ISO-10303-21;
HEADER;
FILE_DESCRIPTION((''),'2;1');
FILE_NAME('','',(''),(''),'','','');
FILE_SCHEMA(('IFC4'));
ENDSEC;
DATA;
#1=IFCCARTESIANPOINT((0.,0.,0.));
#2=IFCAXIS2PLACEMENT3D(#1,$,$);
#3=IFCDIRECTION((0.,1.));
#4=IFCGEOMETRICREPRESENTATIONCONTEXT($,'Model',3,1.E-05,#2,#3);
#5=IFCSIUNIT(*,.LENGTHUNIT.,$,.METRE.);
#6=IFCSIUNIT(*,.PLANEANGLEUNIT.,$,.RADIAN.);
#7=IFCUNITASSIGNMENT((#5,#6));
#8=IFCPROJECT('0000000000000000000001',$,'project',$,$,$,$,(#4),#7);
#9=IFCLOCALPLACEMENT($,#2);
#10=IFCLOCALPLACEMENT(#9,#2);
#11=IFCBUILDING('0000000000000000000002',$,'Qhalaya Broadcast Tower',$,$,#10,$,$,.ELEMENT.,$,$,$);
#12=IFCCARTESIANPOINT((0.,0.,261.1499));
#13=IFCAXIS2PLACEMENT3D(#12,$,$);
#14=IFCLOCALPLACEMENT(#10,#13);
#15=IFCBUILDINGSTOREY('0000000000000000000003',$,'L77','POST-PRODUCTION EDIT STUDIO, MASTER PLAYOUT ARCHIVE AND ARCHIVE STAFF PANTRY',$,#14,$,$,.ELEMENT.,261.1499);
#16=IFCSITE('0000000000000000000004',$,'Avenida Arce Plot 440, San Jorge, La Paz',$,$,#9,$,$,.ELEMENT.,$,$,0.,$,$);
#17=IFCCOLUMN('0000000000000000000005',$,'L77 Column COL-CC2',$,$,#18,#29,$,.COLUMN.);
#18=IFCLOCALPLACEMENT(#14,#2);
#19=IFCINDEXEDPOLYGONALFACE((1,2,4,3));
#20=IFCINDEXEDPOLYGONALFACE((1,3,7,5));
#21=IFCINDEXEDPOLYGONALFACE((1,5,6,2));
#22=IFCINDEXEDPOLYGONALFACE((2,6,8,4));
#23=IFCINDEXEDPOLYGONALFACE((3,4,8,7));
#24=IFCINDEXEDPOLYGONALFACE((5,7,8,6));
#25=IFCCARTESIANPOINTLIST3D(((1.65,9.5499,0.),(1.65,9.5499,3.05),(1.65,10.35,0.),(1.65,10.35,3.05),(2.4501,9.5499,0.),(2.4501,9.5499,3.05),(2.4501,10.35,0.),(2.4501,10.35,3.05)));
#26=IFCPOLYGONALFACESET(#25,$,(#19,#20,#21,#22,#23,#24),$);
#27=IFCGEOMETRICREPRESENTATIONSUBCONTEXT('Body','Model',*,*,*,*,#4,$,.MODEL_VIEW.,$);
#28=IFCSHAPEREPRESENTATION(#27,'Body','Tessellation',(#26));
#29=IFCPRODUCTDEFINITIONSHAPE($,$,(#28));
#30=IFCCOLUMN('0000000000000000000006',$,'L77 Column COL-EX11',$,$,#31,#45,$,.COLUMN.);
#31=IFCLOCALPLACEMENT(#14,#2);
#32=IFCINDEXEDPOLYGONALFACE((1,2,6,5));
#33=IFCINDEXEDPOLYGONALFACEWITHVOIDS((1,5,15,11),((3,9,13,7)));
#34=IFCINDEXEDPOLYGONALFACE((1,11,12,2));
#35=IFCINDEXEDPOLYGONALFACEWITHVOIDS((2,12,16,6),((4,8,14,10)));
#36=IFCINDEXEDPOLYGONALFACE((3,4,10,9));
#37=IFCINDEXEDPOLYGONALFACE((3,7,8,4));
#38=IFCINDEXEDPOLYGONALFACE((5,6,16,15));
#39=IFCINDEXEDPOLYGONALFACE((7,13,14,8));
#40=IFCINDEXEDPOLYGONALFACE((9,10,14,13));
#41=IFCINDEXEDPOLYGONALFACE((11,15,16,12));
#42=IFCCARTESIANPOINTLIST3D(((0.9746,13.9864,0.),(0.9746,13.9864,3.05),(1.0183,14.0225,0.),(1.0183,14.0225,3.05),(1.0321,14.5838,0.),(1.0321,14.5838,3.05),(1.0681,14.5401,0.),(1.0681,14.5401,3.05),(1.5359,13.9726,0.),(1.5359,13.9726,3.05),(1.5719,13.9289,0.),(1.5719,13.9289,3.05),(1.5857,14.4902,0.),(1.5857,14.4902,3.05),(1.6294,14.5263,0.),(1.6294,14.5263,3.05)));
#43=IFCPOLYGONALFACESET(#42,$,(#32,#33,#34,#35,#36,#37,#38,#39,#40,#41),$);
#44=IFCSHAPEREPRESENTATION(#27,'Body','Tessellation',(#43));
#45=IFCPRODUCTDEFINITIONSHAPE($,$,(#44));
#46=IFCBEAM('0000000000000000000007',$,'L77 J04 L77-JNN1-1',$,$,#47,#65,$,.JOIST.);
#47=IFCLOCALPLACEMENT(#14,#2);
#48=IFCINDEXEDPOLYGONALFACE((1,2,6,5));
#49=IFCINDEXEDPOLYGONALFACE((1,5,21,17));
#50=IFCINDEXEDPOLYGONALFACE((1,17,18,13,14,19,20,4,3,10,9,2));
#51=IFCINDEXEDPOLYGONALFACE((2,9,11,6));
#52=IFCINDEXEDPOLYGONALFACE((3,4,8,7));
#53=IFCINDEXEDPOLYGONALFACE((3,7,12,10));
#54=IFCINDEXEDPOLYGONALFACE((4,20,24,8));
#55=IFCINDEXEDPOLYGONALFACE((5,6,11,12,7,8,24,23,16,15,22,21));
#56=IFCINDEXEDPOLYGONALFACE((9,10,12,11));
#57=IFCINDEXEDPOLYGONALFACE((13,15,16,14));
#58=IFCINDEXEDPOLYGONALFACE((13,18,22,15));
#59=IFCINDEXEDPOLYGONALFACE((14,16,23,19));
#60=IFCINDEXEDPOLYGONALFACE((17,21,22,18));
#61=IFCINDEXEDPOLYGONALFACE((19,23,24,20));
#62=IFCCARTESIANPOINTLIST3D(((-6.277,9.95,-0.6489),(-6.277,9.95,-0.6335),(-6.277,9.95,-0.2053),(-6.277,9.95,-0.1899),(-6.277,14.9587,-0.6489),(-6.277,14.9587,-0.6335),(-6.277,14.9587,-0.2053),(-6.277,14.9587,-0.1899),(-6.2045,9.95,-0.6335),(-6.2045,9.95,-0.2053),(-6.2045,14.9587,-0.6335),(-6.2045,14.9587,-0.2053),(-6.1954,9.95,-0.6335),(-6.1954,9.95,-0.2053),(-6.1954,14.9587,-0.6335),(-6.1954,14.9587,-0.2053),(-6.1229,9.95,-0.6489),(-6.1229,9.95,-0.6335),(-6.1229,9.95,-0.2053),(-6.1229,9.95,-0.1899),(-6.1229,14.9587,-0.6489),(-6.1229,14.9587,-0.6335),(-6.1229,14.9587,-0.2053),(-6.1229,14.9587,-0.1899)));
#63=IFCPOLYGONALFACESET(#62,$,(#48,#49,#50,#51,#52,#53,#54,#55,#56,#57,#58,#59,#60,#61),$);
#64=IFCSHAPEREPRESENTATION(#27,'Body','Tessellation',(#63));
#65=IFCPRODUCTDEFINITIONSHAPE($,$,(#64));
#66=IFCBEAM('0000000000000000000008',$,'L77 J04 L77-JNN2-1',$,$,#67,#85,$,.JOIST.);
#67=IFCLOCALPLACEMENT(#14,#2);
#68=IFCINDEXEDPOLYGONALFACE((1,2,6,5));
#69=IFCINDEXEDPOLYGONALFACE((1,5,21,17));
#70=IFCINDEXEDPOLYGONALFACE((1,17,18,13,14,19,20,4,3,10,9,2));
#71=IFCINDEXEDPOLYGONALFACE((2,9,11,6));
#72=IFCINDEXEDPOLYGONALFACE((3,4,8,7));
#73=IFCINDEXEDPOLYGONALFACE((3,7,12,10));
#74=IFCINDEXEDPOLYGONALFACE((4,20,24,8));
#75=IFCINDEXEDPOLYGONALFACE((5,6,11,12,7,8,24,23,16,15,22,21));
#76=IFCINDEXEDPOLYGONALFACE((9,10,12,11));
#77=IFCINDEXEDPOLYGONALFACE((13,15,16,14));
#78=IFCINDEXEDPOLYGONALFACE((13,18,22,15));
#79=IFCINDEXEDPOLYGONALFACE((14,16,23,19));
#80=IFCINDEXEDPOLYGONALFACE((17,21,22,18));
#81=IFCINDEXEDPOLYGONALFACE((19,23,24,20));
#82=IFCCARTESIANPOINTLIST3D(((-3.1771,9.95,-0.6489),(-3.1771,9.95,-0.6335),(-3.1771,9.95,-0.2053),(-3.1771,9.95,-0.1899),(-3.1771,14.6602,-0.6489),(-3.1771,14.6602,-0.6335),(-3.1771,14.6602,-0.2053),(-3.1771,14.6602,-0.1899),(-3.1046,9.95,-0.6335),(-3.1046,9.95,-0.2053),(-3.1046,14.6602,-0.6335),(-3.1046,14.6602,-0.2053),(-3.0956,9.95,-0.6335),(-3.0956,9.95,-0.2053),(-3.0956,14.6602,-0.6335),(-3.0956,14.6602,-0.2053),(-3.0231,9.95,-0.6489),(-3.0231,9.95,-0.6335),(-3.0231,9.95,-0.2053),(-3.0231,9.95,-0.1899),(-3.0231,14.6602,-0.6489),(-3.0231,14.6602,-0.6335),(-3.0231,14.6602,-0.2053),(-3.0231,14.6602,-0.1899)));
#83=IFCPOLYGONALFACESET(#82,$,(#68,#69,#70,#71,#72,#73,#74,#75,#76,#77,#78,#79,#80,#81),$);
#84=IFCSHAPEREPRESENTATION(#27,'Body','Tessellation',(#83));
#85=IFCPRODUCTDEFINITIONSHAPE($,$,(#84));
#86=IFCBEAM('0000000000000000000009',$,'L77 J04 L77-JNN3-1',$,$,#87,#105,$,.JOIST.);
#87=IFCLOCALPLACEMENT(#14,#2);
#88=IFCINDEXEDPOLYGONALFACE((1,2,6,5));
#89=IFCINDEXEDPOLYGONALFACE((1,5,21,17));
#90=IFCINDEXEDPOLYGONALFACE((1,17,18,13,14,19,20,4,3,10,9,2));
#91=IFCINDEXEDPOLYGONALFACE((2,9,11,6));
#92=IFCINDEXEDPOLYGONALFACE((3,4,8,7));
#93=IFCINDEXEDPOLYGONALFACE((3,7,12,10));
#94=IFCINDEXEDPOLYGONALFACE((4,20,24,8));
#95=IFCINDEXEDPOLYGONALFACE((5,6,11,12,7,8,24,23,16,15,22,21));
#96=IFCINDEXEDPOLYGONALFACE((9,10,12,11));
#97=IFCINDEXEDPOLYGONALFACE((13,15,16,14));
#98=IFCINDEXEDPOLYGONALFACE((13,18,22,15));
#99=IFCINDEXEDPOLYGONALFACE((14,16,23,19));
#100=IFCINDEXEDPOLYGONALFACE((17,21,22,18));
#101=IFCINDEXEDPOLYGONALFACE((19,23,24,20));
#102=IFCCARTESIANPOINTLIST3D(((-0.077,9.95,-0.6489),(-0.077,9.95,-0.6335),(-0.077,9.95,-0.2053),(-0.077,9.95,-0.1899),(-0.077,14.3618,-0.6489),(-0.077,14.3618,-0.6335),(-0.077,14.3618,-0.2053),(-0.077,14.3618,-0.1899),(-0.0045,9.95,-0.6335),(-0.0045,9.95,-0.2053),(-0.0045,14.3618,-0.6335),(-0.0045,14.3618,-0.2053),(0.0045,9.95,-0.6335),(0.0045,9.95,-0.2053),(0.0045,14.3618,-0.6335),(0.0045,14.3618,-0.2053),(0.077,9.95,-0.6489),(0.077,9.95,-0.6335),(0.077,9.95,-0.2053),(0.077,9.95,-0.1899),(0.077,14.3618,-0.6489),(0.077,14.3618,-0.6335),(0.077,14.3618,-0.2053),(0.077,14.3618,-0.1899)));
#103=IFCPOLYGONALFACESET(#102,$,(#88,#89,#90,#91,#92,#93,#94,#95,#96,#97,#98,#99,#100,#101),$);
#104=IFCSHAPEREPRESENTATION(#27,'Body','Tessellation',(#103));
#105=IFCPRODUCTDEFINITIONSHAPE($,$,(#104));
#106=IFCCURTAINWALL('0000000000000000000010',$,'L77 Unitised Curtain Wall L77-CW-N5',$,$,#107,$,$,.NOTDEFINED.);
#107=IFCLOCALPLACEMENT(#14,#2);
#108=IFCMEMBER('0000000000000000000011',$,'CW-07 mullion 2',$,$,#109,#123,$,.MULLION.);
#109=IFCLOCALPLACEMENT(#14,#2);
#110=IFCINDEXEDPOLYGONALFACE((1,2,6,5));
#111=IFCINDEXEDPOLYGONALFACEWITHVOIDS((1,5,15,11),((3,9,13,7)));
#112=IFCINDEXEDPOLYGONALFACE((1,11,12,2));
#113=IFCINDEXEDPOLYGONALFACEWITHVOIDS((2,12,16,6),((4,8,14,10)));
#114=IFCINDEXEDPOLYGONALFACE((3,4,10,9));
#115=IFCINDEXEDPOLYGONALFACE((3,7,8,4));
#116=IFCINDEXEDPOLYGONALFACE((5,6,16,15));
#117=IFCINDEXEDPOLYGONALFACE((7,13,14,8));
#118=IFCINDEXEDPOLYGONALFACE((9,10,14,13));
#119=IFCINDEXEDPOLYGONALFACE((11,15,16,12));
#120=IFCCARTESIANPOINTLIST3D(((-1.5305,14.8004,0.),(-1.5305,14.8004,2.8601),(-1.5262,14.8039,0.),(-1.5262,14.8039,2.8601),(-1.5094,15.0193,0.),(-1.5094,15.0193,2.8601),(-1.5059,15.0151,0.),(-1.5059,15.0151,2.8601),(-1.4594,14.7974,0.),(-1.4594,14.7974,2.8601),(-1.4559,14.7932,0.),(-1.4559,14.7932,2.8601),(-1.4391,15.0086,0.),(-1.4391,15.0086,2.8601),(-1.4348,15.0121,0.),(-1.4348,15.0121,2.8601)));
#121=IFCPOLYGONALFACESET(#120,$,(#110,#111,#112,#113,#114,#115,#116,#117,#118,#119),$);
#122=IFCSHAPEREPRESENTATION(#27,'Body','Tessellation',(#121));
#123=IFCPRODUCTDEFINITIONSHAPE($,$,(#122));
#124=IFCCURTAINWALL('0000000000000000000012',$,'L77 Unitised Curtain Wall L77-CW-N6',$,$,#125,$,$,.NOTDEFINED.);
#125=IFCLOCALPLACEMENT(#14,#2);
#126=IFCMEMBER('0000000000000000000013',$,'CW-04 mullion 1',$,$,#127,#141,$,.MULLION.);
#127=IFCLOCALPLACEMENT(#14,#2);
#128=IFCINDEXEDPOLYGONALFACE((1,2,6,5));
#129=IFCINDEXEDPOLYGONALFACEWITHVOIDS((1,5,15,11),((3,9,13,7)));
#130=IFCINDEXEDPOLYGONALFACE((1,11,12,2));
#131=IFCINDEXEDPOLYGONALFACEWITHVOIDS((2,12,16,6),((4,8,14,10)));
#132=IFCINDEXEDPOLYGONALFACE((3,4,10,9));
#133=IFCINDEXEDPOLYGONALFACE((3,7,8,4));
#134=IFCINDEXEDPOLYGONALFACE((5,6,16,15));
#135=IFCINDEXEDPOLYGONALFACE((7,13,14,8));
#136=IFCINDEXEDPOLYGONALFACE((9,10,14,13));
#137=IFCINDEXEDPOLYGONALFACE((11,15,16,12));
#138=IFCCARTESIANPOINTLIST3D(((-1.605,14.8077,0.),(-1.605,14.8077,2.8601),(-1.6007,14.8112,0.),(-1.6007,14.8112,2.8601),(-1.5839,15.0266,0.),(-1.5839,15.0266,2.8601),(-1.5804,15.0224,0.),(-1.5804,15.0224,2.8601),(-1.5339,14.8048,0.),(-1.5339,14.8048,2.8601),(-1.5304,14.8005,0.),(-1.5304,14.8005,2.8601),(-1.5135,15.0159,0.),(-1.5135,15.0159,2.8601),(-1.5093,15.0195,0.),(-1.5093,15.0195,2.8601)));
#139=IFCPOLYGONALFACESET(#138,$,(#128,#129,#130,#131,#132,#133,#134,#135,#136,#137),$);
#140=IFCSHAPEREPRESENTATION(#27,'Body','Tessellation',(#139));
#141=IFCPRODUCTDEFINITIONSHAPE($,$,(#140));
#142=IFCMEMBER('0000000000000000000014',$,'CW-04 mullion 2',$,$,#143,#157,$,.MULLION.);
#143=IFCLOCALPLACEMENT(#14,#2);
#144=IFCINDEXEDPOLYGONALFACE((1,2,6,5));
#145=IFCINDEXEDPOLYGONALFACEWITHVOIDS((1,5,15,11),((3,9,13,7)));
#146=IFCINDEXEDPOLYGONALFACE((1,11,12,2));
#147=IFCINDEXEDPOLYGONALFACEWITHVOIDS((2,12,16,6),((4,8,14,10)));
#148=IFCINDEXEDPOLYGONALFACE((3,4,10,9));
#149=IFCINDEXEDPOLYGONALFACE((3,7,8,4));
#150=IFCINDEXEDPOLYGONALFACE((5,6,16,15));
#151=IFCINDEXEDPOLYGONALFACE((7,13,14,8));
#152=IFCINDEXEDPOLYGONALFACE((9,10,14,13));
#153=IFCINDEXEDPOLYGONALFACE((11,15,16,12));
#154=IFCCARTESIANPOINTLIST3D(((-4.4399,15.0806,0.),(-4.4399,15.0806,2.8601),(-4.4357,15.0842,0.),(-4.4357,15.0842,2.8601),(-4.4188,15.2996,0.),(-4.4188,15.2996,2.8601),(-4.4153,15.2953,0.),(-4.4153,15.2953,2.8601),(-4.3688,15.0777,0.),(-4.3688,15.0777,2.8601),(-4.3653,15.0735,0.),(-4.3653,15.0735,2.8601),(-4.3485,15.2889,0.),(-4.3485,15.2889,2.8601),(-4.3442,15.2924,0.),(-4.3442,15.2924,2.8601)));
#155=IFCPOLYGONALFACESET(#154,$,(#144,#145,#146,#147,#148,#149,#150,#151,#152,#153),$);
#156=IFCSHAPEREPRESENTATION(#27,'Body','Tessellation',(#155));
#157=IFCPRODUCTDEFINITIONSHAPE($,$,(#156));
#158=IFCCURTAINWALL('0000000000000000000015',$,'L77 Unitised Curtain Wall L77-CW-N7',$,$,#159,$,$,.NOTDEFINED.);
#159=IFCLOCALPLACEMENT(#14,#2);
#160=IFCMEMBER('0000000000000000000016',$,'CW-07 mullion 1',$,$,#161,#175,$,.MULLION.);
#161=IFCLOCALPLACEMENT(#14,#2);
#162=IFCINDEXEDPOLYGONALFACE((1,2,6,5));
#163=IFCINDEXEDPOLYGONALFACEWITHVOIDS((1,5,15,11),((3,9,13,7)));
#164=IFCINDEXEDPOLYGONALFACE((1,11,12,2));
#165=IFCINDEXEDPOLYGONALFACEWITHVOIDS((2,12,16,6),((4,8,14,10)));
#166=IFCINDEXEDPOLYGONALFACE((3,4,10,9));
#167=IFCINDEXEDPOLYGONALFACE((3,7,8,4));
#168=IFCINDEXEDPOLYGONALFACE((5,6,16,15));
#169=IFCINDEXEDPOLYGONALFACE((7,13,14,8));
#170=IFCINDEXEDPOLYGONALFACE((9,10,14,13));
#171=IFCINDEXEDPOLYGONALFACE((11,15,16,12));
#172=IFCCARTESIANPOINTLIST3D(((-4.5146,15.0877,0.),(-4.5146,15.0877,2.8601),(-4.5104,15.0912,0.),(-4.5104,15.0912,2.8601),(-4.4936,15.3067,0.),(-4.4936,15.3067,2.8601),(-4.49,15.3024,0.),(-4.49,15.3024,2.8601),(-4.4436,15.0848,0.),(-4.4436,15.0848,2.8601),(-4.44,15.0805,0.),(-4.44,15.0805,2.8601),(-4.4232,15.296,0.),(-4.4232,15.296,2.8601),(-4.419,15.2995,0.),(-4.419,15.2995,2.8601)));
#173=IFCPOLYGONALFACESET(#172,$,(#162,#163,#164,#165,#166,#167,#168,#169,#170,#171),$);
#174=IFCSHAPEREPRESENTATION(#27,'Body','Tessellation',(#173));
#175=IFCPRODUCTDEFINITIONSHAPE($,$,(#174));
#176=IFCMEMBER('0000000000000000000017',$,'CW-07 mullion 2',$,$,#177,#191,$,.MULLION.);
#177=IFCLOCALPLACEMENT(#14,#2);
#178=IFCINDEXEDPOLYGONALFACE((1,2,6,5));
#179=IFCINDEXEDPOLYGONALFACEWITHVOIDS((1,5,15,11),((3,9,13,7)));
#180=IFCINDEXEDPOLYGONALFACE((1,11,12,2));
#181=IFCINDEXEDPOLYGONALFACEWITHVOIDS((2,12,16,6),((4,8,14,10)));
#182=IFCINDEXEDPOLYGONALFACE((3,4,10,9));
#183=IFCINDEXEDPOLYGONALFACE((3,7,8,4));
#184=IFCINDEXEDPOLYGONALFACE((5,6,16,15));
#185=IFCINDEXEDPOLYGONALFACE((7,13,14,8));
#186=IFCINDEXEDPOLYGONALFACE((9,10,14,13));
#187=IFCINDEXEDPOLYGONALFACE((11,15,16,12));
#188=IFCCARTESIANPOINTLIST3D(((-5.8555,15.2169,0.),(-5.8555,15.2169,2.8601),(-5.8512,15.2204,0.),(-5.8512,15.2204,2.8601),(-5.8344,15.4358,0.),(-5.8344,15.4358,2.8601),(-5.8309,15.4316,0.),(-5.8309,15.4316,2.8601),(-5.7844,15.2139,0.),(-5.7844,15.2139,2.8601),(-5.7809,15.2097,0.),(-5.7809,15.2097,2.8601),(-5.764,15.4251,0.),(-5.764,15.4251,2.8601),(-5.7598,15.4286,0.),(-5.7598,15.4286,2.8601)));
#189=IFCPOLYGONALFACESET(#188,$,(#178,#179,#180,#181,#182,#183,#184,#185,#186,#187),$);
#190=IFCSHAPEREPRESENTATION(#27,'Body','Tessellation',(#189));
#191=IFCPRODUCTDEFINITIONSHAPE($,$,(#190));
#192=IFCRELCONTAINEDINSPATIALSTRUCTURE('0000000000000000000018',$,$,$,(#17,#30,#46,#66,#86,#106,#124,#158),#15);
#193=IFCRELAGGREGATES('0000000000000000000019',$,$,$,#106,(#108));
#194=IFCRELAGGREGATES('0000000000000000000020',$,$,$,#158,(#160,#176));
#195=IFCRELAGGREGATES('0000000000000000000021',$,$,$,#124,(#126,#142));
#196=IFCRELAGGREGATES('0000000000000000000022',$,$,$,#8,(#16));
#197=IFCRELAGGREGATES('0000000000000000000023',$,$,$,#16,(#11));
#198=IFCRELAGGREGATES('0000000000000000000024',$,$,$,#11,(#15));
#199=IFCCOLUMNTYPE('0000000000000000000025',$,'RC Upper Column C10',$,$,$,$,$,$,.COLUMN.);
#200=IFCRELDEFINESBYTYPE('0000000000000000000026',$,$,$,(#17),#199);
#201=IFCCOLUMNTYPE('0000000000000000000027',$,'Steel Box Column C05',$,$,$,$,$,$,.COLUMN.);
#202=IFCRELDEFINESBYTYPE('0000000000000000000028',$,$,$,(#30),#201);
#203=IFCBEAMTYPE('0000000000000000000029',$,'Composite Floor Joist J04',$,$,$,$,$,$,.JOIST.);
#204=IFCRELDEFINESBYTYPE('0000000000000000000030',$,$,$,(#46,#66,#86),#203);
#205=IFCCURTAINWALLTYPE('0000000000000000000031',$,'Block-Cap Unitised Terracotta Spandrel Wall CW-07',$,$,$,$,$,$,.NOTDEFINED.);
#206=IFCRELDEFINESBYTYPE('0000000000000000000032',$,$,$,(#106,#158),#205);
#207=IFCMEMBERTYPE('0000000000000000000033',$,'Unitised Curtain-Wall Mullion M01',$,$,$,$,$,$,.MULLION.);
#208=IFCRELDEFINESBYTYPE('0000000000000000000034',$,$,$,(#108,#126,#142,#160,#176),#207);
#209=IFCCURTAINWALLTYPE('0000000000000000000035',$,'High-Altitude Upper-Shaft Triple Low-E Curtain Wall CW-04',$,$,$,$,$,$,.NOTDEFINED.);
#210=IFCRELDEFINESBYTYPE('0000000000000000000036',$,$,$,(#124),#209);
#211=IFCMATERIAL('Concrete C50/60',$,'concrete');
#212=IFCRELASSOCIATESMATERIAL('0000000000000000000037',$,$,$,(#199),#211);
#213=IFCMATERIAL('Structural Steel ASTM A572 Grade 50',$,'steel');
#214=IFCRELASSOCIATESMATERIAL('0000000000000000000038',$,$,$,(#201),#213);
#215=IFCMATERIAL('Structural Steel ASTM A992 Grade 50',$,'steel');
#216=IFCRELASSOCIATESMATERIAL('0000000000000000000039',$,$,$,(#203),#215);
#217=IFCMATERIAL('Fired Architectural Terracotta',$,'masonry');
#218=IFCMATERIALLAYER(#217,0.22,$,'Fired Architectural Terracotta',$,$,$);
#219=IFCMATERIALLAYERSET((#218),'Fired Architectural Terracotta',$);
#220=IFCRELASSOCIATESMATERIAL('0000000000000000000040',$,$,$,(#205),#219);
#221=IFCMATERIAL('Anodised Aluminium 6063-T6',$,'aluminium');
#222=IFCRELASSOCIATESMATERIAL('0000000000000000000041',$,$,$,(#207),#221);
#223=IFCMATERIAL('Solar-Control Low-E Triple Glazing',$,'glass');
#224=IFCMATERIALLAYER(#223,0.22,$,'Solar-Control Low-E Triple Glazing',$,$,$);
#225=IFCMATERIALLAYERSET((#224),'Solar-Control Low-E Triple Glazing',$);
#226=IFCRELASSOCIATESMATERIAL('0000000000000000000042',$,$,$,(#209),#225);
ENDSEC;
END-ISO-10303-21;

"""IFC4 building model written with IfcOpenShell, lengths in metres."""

from ifc_helpers import new_model, si_unit, direction, frame, origin, origin_2d, place, context, subcontext, project, spatial, rectangle, hollow_rectangle, i_section, extrude, material, layer, layer_set, material_profile, profile_set, type_object, element, aggregate, save


model = new_model("IFC4")

# Units and contexts
model_context = context("Model", 3, precision=1e-05, world=origin(), true_north=direction((0.0, 1.0)))
body_context = subcontext(model_context, "Body", "Model", "MODEL_VIEW")
ifc_project = project(units=[si_unit("LENGTHUNIT", "METRE"), si_unit("PLANEANGLEUNIT", "RADIAN")], contexts=[model_context])

# Site, building, storey
site_placement = place(None, origin())
site = spatial("IfcSite", under=ifc_project, at=site_placement, Name="Avenida Arce Plot 440, San Jorge, La Paz", CompositionType="ELEMENT", RefElevation=0.0)
building_placement = place(site_placement, origin())
building = spatial("IfcBuilding", under=site, at=building_placement, Name="Qhalaya Broadcast Tower", CompositionType="ELEMENT")
storey_placement = place(building_placement, frame((0.0, 0.0, 261.1499)))
storey = spatial("IfcBuildingStorey", under=building, at=storey_placement, Name="L77", Description="POST-PRODUCTION EDIT STUDIO, MASTER PLAYOUT ARCHIVE AND ARCHIVE STAFF PANTRY", CompositionType="ELEMENT", Elevation=261.1499)

# Columns
ifc_material_1 = material(Name="Concrete C50/60", Category="concrete")
ifc_material_profile_1 = material_profile(ifc_material_1, rectangle(XDim=0.8, YDim=0.8, at=origin_2d()), Name="RC-COL 800x800")
ifc_profile_set_1 = profile_set([ifc_material_profile_1], Name="Concrete C50/60")
column_type_1 = type_object("IfcColumnType", Name="RC Upper Column C10", PredefinedType="COLUMN", material=ifc_profile_set_1)
column_1_placement = place(storey_placement, frame((2.05, 9.95, 0.0), z_axis=(0.0, 0.0, 1.0), x_axis=(1.0, 0.0, 0.0)))
element("IfcColumn", 1, at=column_1_placement, inside=storey, type_object=column_type_1, Name="L77 Column COL-CC2", PredefinedType="COLUMN", context=body_context, shape_type="SweptSolid", body=[
    extrude(rectangle(XDim=0.8, YDim=0.8, at=origin_2d()), origin(), (0.0, 0.0, 1.0), 3.05),
])
ifc_material_2 = material(Name="Structural Steel ASTM A572 Grade 50", Category="steel")
ifc_material_profile_2 = material_profile(ifc_material_2, hollow_rectangle(XDim=0.6001, YDim=0.6001, WallThickness=0.04, at=origin_2d()), Name="BOX 600x600x40")
ifc_profile_set_2 = profile_set([ifc_material_profile_2], Name="Structural Steel ASTM A572 Grade 50")
column_type_2 = type_object("IfcColumnType", Name="Steel Box Column C05", PredefinedType="COLUMN", material=ifc_profile_set_2)
column_2_placement = place(storey_placement, frame((1.302, 14.2563, 0.0), z_axis=(0.0, 0.0, 1.0), x_axis=(0.995396, -0.095846, 0.0)))
element("IfcColumn", 2, at=column_2_placement, inside=storey, type_object=column_type_2, Name="L77 Column COL-EX11", PredefinedType="COLUMN", context=body_context, shape_type="SweptSolid", body=[
    extrude(hollow_rectangle(XDim=0.6001, YDim=0.6001, WallThickness=0.04, at=origin_2d()), origin(), (0.0, 0.0, 1.0), 3.05),
])

# Beams
ifc_material_3 = material(Name="Structural Steel ASTM A992 Grade 50", Category="steel")
ifc_material_profile_3 = material_profile(ifc_material_3, i_section(OverallWidth=0.1541, OverallDepth=0.459, WebThickness=0.009, FlangeThickness=0.0154, at=origin_2d()), Name="W18X46")
ifc_profile_set_3 = profile_set([ifc_material_profile_3], Name="Structural Steel ASTM A992 Grade 50")
beam_type_1 = type_object("IfcBeamType", Name="Composite Floor Joist J04", PredefinedType="JOIST", material=ifc_profile_set_3)
beam_1_placement = place(storey_placement, frame((-6.2, 9.95, -0.4194), z_axis=(0.0, 1.0, 0.0), x_axis=(-1.0, 0.0, 0.0)))
element("IfcBeam", 3, at=beam_1_placement, inside=storey, type_object=beam_type_1, Name="L77 J04 L77-JNN1-1", PredefinedType="JOIST", context=body_context, shape_type="SweptSolid", body=[
    extrude(i_section(OverallWidth=0.1541, OverallDepth=0.459, WebThickness=0.009, FlangeThickness=0.0154, at=origin_2d()), origin(), (0.0, 0.0, 1.0), 5.0088),
])
beam_2_placement = place(storey_placement, frame((-3.1001, 9.95, -0.4194), z_axis=(0.0, 1.0, 0.0), x_axis=(-1.0, 0.0, 0.0)))
element("IfcBeam", 4, at=beam_2_placement, inside=storey, type_object=beam_type_1, Name="L77 J04 L77-JNN2-1", PredefinedType="JOIST", context=body_context, shape_type="SweptSolid", body=[
    extrude(i_section(OverallWidth=0.1541, OverallDepth=0.459, WebThickness=0.009, FlangeThickness=0.0154, at=origin_2d()), origin(), (0.0, 0.0, 1.0), 4.7102),
])
beam_3_placement = place(storey_placement, frame((0.0, 9.95, -0.4194), z_axis=(0.0, 1.0, 0.0), x_axis=(-1.0, 0.0, 0.0)))
element("IfcBeam", 5, at=beam_3_placement, inside=storey, type_object=beam_type_1, Name="L77 J04 L77-JNN3-1", PredefinedType="JOIST", context=body_context, shape_type="SweptSolid", body=[
    extrude(i_section(OverallWidth=0.1541, OverallDepth=0.459, WebThickness=0.009, FlangeThickness=0.0154, at=origin_2d()), origin(), (0.0, 0.0, 1.0), 4.4119),
])

# Curtain wall, member
ifc_material_4 = material(Name="Fired Architectural Terracotta", Category="masonry")
ifc_layer_1 = layer(ifc_material_4, 0.22, Name="Fired Architectural Terracotta")
ifc_layer_set_1 = layer_set([ifc_layer_1], Name="Fired Architectural Terracotta")
curtain_wall_type_1 = type_object("IfcCurtainWallType", Name="Block-Cap Unitised Terracotta Spandrel Wall CW-07", PredefinedType="NOTDEFINED", material=ifc_layer_set_1)
curtain_wall_1_placement = place(storey_placement, origin())
curtain_wall_1 = element("IfcCurtainWall", 6, at=curtain_wall_1_placement, inside=storey, type_object=curtain_wall_type_1, Name="L77 Unitised Curtain Wall L77-CW-N5", PredefinedType="NOTDEFINED")
ifc_material_5 = material(Name="Anodised Aluminium 6063-T6", Category="aluminium")
ifc_material_profile_4 = material_profile(ifc_material_5, hollow_rectangle(XDim=0.075, YDim=0.22, WallThickness=0.0039, at=origin_2d()), Name="ALU-MUL 75x220x4")
ifc_profile_set_4 = profile_set([ifc_material_profile_4], Name="Anodised Aluminium 6063-T6")
member_type_1 = type_object("IfcMemberType", Name="Unitised Curtain-Wall Mullion M01", PredefinedType="MULLION", material=ifc_profile_set_4)
member_1_placement = place(storey_placement, frame((-1.4827, 14.9062, 0.0), z_axis=(0.0, 0.0, 1.0), x_axis=(-0.995396, 0.095845, 0.0)))
member_1 = element("IfcMember", 7, at=member_1_placement, type_object=member_type_1, Name="CW-07 mullion 2", PredefinedType="MULLION", context=body_context, shape_type="SweptSolid", body=[
    extrude(hollow_rectangle(XDim=0.075, YDim=0.22, WallThickness=0.0039, at=origin_2d()), origin(), (0.0, 0.0, 1.0), 2.8601),
])

# Curtain walls, members
ifc_material_6 = material(Name="Solar-Control Low-E Triple Glazing", Category="glass")
ifc_layer_2 = layer(ifc_material_6, 0.22, Name="Solar-Control Low-E Triple Glazing")
ifc_layer_set_2 = layer_set([ifc_layer_2], Name="Solar-Control Low-E Triple Glazing")
curtain_wall_type_2 = type_object("IfcCurtainWallType", Name="High-Altitude Upper-Shaft Triple Low-E Curtain Wall CW-04", PredefinedType="NOTDEFINED", material=ifc_layer_set_2)
curtain_wall_2_placement = place(storey_placement, origin())
curtain_wall_2 = element("IfcCurtainWall", 8, at=curtain_wall_2_placement, inside=storey, type_object=curtain_wall_type_2, Name="L77 Unitised Curtain Wall L77-CW-N6", PredefinedType="NOTDEFINED")
member_2_placement = place(storey_placement, frame((-1.5571, 14.9136, 0.0), z_axis=(0.0, 0.0, 1.0), x_axis=(-0.995395, 0.095858, 0.0)))
member_2 = element("IfcMember", 9, at=member_2_placement, type_object=member_type_1, Name="CW-04 mullion 1", PredefinedType="MULLION", context=body_context, shape_type="SweptSolid", body=[
    extrude(hollow_rectangle(XDim=0.075, YDim=0.22, WallThickness=0.0039, at=origin_2d()), origin(), (0.0, 0.0, 1.0), 2.8601),
])
member_3_placement = place(storey_placement, frame((-4.3921, 15.1865, 0.0), z_axis=(0.0, 0.0, 1.0), x_axis=(-0.995395, 0.095858, 0.0)))
member_3 = element("IfcMember", 10, at=member_3_placement, type_object=member_type_1, Name="CW-04 mullion 2", PredefinedType="MULLION", context=body_context, shape_type="SweptSolid", body=[
    extrude(hollow_rectangle(XDim=0.075, YDim=0.22, WallThickness=0.0039, at=origin_2d()), origin(), (0.0, 0.0, 1.0), 2.8601),
])
curtain_wall_3_placement = place(storey_placement, origin())
curtain_wall_3 = element("IfcCurtainWall", 11, at=curtain_wall_3_placement, inside=storey, type_object=curtain_wall_type_1, Name="L77 Unitised Curtain Wall L77-CW-N7", PredefinedType="NOTDEFINED")
member_4_placement = place(storey_placement, frame((-4.4668, 15.1936, 0.0), z_axis=(0.0, 0.0, 1.0), x_axis=(-0.995395, 0.095854, 0.0)))
member_4 = element("IfcMember", 12, at=member_4_placement, type_object=member_type_1, Name="CW-07 mullion 1", PredefinedType="MULLION", context=body_context, shape_type="SweptSolid", body=[
    extrude(hollow_rectangle(XDim=0.075, YDim=0.22, WallThickness=0.0039, at=origin_2d()), origin(), (0.0, 0.0, 1.0), 2.8601),
])
member_5_placement = place(storey_placement, frame((-5.8076, 15.3228, 0.0), z_axis=(0.0, 0.0, 1.0), x_axis=(-0.995395, 0.095854, 0.0)))
member_5 = element("IfcMember", 13, at=member_5_placement, type_object=member_type_1, Name="CW-07 mullion 2", PredefinedType="MULLION", context=body_context, shape_type="SweptSolid", body=[
    extrude(hollow_rectangle(XDim=0.075, YDim=0.22, WallThickness=0.0039, at=origin_2d()), origin(), (0.0, 0.0, 1.0), 2.8601),
])

aggregate(curtain_wall_1, [member_1])
aggregate(curtain_wall_3, [member_4, member_5])
aggregate(curtain_wall_2, [member_2, member_3])

save(model, "model.ifc")
